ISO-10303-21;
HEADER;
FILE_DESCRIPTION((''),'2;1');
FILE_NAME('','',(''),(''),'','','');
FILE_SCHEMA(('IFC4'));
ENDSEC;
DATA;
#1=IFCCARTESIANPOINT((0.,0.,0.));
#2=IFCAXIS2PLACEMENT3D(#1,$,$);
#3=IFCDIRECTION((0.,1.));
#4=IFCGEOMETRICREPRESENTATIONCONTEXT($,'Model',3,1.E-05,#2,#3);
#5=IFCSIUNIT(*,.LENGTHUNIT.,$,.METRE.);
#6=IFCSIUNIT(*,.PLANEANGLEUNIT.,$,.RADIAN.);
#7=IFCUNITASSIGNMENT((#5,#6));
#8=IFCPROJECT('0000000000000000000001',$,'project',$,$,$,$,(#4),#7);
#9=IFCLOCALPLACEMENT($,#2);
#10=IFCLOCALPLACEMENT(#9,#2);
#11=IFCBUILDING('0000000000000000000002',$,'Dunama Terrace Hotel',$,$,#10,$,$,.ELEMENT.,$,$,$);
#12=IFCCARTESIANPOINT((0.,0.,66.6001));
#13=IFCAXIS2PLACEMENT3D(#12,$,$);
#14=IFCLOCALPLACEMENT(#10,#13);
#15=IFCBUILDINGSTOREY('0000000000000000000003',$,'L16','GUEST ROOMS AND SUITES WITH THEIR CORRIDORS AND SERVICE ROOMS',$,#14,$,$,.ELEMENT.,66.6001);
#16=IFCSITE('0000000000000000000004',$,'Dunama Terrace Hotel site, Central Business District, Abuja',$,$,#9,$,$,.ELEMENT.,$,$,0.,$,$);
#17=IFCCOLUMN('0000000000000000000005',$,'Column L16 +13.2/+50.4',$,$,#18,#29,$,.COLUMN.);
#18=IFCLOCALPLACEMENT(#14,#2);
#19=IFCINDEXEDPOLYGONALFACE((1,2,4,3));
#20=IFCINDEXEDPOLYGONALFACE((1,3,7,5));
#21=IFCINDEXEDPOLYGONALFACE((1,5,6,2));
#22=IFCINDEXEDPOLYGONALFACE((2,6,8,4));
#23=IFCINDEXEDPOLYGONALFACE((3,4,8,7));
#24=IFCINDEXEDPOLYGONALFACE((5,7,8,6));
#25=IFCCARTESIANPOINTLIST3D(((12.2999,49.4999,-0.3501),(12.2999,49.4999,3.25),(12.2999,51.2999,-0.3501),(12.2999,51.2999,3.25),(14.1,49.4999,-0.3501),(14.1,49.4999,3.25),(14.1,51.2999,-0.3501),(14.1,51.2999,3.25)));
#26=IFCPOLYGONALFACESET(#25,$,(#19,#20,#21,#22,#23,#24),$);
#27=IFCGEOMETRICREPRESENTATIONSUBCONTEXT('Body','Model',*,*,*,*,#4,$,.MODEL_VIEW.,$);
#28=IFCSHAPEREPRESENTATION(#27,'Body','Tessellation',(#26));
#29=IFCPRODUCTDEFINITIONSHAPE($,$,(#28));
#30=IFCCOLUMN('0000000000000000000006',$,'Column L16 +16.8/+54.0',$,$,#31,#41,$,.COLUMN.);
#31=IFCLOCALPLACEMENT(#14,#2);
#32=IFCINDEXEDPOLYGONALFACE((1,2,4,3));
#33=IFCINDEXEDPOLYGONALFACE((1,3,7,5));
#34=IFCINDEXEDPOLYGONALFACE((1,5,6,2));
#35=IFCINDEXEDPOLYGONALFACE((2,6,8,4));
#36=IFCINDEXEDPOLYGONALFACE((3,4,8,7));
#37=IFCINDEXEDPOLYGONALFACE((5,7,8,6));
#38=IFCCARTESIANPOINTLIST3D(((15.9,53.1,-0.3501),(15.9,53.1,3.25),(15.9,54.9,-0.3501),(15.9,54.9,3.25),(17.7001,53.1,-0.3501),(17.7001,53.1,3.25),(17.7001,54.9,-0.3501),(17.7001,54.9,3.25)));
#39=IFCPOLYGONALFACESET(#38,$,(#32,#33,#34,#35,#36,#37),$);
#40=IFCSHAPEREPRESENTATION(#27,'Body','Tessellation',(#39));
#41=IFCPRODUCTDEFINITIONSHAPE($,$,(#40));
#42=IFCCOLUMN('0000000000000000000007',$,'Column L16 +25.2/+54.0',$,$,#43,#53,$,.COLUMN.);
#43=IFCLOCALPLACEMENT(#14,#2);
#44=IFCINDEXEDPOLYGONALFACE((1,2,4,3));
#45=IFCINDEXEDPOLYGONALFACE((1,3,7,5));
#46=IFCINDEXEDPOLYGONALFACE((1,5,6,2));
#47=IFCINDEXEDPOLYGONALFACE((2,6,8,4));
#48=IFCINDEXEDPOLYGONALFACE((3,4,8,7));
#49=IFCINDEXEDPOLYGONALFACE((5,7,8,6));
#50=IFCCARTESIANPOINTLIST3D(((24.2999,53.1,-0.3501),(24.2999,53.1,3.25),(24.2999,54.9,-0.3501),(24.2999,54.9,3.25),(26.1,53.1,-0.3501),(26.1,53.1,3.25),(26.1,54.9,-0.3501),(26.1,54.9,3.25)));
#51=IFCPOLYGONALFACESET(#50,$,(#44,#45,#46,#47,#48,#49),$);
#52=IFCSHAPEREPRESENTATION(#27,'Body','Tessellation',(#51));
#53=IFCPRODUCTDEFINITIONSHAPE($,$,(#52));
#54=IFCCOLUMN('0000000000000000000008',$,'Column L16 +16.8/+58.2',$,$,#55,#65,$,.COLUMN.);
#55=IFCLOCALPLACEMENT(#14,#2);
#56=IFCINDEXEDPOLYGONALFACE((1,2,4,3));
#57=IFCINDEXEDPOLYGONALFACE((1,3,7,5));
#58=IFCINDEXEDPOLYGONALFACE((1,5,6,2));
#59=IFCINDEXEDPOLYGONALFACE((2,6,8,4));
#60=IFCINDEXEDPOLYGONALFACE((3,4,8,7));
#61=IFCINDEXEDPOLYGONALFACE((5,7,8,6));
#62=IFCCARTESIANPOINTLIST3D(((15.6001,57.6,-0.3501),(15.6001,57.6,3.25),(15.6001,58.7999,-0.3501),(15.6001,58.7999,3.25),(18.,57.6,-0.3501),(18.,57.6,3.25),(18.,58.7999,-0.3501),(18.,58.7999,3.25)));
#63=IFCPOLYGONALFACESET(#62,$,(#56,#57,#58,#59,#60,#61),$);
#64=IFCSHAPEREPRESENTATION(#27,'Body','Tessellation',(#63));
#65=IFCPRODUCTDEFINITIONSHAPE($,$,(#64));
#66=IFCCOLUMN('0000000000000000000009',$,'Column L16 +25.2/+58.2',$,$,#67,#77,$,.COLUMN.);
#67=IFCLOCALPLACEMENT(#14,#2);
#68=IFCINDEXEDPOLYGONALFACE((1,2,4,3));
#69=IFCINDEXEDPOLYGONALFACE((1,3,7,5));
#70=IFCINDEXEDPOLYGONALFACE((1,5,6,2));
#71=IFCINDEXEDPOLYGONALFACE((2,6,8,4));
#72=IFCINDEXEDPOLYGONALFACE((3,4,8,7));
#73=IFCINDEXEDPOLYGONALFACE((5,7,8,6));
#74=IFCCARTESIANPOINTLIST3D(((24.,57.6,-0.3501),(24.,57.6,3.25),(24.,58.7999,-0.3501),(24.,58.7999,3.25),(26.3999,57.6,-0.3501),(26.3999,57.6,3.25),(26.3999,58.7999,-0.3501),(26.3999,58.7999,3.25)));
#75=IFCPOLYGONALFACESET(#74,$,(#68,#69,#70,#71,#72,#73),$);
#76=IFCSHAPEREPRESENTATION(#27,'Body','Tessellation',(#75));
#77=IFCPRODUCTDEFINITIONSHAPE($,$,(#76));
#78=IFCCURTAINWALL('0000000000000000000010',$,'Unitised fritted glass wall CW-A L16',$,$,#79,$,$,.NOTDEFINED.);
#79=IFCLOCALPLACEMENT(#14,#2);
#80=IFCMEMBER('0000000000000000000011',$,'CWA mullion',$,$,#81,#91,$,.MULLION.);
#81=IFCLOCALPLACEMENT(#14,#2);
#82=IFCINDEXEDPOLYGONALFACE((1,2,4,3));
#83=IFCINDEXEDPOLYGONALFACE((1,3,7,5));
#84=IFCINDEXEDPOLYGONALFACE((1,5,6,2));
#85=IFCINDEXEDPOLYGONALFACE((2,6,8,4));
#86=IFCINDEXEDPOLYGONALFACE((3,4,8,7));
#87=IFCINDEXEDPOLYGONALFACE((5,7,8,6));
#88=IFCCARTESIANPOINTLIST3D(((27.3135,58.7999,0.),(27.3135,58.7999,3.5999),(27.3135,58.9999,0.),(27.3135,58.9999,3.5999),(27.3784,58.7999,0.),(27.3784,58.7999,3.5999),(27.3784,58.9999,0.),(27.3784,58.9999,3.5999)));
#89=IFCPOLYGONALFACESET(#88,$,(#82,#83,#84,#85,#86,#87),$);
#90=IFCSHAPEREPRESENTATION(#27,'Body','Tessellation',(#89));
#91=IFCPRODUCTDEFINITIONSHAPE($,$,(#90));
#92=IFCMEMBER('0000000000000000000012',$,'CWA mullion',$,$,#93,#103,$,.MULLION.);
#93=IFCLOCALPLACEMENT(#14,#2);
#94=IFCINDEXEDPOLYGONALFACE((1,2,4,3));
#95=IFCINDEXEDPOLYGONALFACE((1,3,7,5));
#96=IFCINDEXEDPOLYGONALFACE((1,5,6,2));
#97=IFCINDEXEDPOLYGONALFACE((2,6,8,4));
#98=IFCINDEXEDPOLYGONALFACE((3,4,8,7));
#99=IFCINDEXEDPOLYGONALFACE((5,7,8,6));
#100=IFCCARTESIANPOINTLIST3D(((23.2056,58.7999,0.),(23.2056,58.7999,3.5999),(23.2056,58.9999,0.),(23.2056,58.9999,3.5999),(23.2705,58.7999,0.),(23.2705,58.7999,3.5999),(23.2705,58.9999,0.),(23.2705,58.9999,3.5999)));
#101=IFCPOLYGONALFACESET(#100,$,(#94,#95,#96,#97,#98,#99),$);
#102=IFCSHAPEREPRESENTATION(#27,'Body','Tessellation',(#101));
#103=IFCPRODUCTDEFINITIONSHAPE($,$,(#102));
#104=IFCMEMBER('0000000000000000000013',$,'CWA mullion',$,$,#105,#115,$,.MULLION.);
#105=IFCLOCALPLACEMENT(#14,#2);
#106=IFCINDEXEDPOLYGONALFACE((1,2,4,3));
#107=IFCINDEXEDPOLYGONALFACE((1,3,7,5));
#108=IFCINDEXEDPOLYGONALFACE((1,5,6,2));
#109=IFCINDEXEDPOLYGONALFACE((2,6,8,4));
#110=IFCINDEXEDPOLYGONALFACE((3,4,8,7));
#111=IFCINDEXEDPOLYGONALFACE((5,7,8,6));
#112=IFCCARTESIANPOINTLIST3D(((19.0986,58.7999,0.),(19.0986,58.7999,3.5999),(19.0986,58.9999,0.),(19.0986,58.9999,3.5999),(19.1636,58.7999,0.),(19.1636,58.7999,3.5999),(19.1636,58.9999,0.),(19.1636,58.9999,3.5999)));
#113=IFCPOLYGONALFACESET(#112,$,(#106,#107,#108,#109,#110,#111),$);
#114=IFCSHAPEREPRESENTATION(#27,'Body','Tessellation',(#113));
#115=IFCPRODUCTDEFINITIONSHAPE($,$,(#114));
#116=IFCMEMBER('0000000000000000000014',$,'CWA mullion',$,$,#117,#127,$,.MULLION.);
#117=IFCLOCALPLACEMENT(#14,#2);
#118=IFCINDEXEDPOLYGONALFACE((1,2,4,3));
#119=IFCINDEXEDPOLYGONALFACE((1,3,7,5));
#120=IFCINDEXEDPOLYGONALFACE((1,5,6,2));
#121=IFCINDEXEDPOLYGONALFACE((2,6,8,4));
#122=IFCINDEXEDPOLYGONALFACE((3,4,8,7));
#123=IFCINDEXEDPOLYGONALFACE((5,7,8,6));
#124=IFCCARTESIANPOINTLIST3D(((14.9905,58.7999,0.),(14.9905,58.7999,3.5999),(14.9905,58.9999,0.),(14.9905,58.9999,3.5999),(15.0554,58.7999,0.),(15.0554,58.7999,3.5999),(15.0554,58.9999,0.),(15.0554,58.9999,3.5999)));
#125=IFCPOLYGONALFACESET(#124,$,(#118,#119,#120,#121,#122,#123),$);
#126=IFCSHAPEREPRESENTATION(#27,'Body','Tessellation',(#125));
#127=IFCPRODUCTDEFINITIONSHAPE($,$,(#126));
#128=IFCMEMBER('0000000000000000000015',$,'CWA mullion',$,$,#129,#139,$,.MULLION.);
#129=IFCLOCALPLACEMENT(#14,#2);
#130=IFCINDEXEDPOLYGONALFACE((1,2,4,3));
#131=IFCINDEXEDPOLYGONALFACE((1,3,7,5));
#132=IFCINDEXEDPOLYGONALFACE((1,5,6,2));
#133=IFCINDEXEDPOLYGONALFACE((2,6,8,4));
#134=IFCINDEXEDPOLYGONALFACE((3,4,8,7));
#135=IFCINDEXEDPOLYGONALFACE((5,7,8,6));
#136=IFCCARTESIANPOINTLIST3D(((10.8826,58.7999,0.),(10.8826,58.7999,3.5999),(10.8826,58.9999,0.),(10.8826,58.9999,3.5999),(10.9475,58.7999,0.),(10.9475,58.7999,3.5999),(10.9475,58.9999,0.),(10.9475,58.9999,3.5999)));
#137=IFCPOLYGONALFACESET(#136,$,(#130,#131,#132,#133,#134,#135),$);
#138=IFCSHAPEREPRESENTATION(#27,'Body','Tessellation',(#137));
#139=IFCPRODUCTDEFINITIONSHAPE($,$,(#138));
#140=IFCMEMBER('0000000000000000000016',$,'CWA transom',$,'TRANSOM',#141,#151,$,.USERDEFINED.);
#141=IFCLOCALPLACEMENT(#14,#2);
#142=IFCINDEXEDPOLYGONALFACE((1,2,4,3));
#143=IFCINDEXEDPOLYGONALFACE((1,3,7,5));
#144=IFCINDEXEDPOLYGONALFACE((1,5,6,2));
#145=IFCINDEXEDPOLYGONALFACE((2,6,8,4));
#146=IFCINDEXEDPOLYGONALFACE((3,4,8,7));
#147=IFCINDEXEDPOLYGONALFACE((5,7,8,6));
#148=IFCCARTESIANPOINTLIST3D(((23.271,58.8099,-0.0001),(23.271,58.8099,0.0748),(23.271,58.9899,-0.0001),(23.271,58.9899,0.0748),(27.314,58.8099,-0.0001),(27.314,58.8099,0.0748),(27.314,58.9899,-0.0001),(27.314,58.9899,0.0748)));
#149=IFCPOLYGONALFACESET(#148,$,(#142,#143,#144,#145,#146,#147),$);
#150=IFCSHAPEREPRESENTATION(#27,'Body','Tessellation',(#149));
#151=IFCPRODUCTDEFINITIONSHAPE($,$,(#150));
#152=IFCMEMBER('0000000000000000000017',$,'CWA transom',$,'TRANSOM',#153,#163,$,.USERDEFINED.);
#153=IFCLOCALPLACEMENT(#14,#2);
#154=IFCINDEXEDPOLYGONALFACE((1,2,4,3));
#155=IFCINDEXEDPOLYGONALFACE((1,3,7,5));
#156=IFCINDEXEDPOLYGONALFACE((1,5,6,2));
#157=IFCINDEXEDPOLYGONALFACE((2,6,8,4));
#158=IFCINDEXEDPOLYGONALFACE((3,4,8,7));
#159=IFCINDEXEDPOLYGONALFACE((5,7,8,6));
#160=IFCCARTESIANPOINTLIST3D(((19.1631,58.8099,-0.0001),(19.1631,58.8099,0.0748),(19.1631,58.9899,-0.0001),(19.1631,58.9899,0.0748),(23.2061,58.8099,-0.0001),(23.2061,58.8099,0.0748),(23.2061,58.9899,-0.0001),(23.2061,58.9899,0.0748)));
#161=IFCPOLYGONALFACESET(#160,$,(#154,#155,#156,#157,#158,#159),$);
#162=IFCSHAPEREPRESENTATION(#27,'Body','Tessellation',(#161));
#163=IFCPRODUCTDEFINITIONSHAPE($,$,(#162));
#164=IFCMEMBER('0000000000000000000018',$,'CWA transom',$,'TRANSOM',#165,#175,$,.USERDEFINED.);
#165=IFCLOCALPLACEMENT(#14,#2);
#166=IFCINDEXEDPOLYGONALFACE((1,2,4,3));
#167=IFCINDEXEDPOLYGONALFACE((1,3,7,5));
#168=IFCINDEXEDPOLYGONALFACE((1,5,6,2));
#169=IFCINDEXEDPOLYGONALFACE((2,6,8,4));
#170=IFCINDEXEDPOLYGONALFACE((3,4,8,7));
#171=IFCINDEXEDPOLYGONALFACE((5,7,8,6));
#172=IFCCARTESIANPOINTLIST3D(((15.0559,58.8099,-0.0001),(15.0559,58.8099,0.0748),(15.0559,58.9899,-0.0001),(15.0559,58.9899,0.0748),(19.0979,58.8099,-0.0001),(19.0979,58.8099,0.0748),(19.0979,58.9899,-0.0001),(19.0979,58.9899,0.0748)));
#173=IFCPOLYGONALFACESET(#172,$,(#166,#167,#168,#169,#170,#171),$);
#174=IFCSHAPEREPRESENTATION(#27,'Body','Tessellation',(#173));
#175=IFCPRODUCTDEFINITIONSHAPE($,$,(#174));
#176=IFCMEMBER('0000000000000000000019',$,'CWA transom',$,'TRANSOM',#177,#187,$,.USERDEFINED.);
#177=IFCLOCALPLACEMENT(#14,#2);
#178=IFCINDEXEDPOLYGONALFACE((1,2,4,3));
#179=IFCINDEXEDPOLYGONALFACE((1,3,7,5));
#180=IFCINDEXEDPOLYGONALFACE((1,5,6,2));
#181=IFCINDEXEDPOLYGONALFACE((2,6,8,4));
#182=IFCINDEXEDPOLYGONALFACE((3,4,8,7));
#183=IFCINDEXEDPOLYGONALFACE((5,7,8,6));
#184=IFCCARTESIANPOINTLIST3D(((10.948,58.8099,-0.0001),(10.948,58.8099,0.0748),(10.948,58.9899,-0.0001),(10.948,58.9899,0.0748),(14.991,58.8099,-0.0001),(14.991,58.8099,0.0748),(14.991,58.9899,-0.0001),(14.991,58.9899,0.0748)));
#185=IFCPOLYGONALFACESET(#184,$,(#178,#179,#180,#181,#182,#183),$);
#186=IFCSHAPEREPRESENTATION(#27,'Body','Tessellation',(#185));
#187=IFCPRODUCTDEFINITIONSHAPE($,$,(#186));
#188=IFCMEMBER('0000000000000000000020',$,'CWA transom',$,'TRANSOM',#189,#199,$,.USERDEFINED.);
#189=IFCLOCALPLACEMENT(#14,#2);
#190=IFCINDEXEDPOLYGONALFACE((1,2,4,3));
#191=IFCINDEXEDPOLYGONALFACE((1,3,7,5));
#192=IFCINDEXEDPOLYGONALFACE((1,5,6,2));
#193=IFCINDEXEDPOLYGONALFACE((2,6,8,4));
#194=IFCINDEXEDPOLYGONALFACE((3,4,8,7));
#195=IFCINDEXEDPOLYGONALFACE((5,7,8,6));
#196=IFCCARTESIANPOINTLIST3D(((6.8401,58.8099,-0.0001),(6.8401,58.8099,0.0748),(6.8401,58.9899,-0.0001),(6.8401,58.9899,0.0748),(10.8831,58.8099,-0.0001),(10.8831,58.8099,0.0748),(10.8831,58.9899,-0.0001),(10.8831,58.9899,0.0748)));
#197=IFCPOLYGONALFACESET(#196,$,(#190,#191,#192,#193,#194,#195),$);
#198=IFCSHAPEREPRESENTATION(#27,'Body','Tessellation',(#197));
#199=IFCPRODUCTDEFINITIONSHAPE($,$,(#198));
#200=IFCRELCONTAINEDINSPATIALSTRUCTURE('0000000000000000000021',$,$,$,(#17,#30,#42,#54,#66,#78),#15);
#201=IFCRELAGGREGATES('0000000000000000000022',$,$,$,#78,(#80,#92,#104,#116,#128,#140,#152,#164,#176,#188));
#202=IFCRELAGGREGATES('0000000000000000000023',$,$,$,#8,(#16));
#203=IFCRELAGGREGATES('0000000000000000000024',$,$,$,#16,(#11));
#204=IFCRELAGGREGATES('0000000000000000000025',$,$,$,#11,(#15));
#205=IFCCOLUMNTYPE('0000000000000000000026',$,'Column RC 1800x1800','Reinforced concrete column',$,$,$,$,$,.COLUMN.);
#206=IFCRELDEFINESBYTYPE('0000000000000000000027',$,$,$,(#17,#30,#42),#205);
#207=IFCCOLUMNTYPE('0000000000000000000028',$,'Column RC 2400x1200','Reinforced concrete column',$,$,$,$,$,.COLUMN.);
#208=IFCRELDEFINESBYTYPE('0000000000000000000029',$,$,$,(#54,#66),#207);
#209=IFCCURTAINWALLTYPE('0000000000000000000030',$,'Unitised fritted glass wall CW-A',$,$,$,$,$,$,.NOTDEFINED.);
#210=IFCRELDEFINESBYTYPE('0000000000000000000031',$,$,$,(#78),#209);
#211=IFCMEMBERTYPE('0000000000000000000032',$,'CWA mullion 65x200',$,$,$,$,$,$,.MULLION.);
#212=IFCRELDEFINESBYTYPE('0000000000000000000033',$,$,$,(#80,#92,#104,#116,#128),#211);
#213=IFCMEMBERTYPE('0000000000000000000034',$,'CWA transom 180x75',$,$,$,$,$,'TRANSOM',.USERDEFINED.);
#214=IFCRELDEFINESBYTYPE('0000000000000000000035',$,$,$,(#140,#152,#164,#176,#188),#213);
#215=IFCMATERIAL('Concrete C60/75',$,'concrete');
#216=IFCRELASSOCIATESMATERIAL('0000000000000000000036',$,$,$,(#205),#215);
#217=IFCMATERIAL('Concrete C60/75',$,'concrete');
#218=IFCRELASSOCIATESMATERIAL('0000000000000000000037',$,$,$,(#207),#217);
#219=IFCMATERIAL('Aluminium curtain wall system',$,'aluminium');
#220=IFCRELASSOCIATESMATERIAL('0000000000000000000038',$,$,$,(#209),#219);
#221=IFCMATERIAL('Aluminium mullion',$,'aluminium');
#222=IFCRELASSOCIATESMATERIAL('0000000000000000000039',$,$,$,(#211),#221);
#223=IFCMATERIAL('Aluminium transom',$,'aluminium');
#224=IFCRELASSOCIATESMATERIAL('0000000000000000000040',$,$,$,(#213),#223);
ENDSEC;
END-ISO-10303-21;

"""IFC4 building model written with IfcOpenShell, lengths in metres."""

from ifc_helpers import new_model, si_unit, direction, frame, origin, origin_2d, place, context, subcontext, project, spatial, rectangle, extrude, material, material_profile, profile_set, type_object, element, aggregate, save


model = new_model("IFC4")

# Units and contexts
model_context = context("Model", 3, precision=1e-05, world=origin(), true_north=direction((0.0, 1.0)))
body_context = subcontext(model_context, "Body", "Model", "MODEL_VIEW")
ifc_project = project(units=[si_unit("LENGTHUNIT", "METRE"), si_unit("PLANEANGLEUNIT", "RADIAN")], contexts=[model_context])

# Site, building, storey
site_placement = place(None, origin())
site = spatial("IfcSite", under=ifc_project, at=site_placement, Name="Dunama Terrace Hotel site, Central Business District, Abuja", CompositionType="ELEMENT", RefElevation=0.0)
building_placement = place(site_placement, origin())
building = spatial("IfcBuilding", under=site, at=building_placement, Name="Dunama Terrace Hotel", CompositionType="ELEMENT")
storey_placement = place(building_placement, frame((0.0, 0.0, 66.6001)))
storey = spatial("IfcBuildingStorey", under=building, at=storey_placement, Name="L16", Description="GUEST ROOMS AND SUITES WITH THEIR CORRIDORS AND SERVICE ROOMS", CompositionType="ELEMENT", Elevation=66.6001)

# Columns
ifc_material_1 = material(Name="Concrete C60/75", Category="concrete")
ifc_material_profile_1 = material_profile(ifc_material_1, rectangle(XDim=1.8, YDim=1.8, at=origin_2d()), Name="RC 1800x1800")
ifc_profile_set_1 = profile_set([ifc_material_profile_1], Name="Concrete C60/75")
column_type_1 = type_object("IfcColumnType", Name="Column RC 1800x1800", Description="Reinforced concrete column", PredefinedType="COLUMN", material=ifc_profile_set_1)
for number, where, z_axis, x_axis, name in (
    (1, (13.2, 50.3999, -0.3501), (0.0, 0.0, 1.0), (1.0, 0.0, 0.0), "Column L16 +13.2/+50.4"),
    (2, (16.8, 54.0, -0.3501), (0.0, 0.0, 1.0), (1.0, 0.0, 0.0), "Column L16 +16.8/+54.0"),
    (3, (25.2, 54.0, -0.3501), (0.0, 0.0, 1.0), (1.0, 0.0, 0.0), "Column L16 +25.2/+54.0"),
):
    element("IfcColumn", number, at=place(storey_placement, frame(where, z_axis=z_axis, x_axis=x_axis)), inside=storey, type_object=column_type_1, Name=name, PredefinedType="COLUMN", context=body_context, shape_type="SweptSolid", body=[
        extrude(rectangle(XDim=1.8, YDim=1.8, at=origin_2d()), origin(), (0.0, 0.0, 1.0), 3.6001),
    ])
ifc_material_2 = material(Name="Concrete C60/75", Category="concrete")
ifc_material_profile_2 = material_profile(ifc_material_2, rectangle(XDim=2.3999, YDim=1.2, at=origin_2d()), Name="RC 2400x1200")
ifc_profile_set_2 = profile_set([ifc_material_profile_2], Name="Concrete C60/75")
column_type_2 = type_object("IfcColumnType", Name="Column RC 2400x1200", Description="Reinforced concrete column", PredefinedType="COLUMN", material=ifc_profile_set_2)
for number, where, z_axis, x_axis, name in (
    (4, (16.8, 58.2, -0.3501), (0.0, 0.0, 1.0), (1.0, 0.0, 0.0), "Column L16 +16.8/+58.2"),
    (5, (25.2, 58.2, -0.3501), (0.0, 0.0, 1.0), (1.0, 0.0, 0.0), "Column L16 +25.2/+58.2"),
):
    element("IfcColumn", number, at=place(storey_placement, frame(where, z_axis=z_axis, x_axis=x_axis)), inside=storey, type_object=column_type_2, Name=name, PredefinedType="COLUMN", context=body_context, shape_type="SweptSolid", body=[
        extrude(rectangle(XDim=2.3999, YDim=1.2, at=origin_2d()), origin(), (0.0, 0.0, 1.0), 3.6001),
    ])

# Curtain wall, members
ifc_material_3 = material(Name="Aluminium curtain wall system", Category="aluminium")
curtain_wall_type = type_object("IfcCurtainWallType", Name="Unitised fritted glass wall CW-A", PredefinedType="NOTDEFINED", material=ifc_material_3)
curtain_wall_placement = place(storey_placement, origin())
curtain_wall = element("IfcCurtainWall", 6, at=curtain_wall_placement, inside=storey, type_object=curtain_wall_type, Name="Unitised fritted glass wall CW-A L16", PredefinedType="NOTDEFINED")
ifc_material_4 = material(Name="Aluminium mullion", Category="aluminium")
ifc_material_profile_3 = material_profile(ifc_material_4, rectangle(XDim=0.0649, YDim=0.2, at=origin_2d()), Name="CWA MULLION 65X200")
ifc_profile_set_3 = profile_set([ifc_material_profile_3], Name="Aluminium mullion")
member_type_1 = type_object("IfcMemberType", Name="CWA mullion 65x200", PredefinedType="MULLION", material=ifc_profile_set_3)
member_1_placement = place(storey_placement, frame((27.3459, 58.8999, 0.0), z_axis=(0.0, 0.0, 1.0), x_axis=(-1.0, 0.0, 0.0)))
member_1 = element("IfcMember", 7, at=member_1_placement, type_object=member_type_1, Name="CWA mullion", PredefinedType="MULLION", context=body_context, shape_type="SweptSolid", body=[
    extrude(rectangle(XDim=0.0649, YDim=0.2, at=origin_2d()), origin(), (0.0, 0.0, 1.0), 3.5999),
])
member_2_placement = place(storey_placement, frame((23.238, 58.8999, 0.0), z_axis=(0.0, 0.0, 1.0), x_axis=(-1.0, 0.0, 0.0)))
member_2 = element("IfcMember", 8, at=member_2_placement, type_object=member_type_1, Name="CWA mullion", PredefinedType="MULLION", context=body_context, shape_type="SweptSolid", body=[
    extrude(rectangle(XDim=0.0649, YDim=0.2, at=origin_2d()), origin(), (0.0, 0.0, 1.0), 3.5999),
])
member_3_placement = place(storey_placement, frame((19.1311, 58.8999, 0.0), z_axis=(0.0, 0.0, 1.0), x_axis=(-1.0, 0.0, 0.0)))
member_3 = element("IfcMember", 9, at=member_3_placement, type_object=member_type_1, Name="CWA mullion", PredefinedType="MULLION", context=body_context, shape_type="SweptSolid", body=[
    extrude(rectangle(XDim=0.0649, YDim=0.2, at=origin_2d()), origin(), (0.0, 0.0, 1.0), 3.5999),
])
member_4_placement = place(storey_placement, frame((15.0229, 58.8999, 0.0), z_axis=(0.0, 0.0, 1.0), x_axis=(-1.0, 0.0, 0.0)))
member_4 = element("IfcMember", 10, at=member_4_placement, type_object=member_type_1, Name="CWA mullion", PredefinedType="MULLION", context=body_context, shape_type="SweptSolid", body=[
    extrude(rectangle(XDim=0.0649, YDim=0.2, at=origin_2d()), origin(), (0.0, 0.0, 1.0), 3.5999),
])
member_5_placement = place(storey_placement, frame((10.915, 58.8999, 0.0), z_axis=(0.0, 0.0, 1.0), x_axis=(-1.0, 0.0, 0.0)))
member_5 = element("IfcMember", 11, at=member_5_placement, type_object=member_type_1, Name="CWA mullion", PredefinedType="MULLION", context=body_context, shape_type="SweptSolid", body=[
    extrude(rectangle(XDim=0.0649, YDim=0.2, at=origin_2d()), origin(), (0.0, 0.0, 1.0), 3.5999),
])
ifc_material_5 = material(Name="Aluminium transom", Category="aluminium")
ifc_material_profile_4 = material_profile(ifc_material_5, rectangle(XDim=0.1799, YDim=0.075, at=origin_2d()), Name="CWA TRANSOM 180X75")
ifc_profile_set_4 = profile_set([ifc_material_profile_4], Name="Aluminium transom")
member_type_2 = type_object("IfcMemberType", Name="CWA transom 180x75", ElementType="TRANSOM", PredefinedType="USERDEFINED", material=ifc_profile_set_4)
member_6_placement = place(storey_placement, frame((27.314, 58.8999, 0.0374), z_axis=(-1.0, 0.0, 0.0), x_axis=(0.0, -1.0, 0.0)))
member_6 = element("IfcMember", 12, at=member_6_placement, type_object=member_type_2, Name="CWA transom", ObjectType="TRANSOM", PredefinedType="USERDEFINED", context=body_context, shape_type="SweptSolid", body=[
    extrude(rectangle(XDim=0.1799, YDim=0.075, at=origin_2d()), origin(), (0.0, 0.0, 1.0), 4.043),
])
member_7_placement = place(storey_placement, frame((23.2061, 58.8999, 0.0374), z_axis=(-1.0, 0.0, 0.0), x_axis=(0.0, -1.0, 0.0)))
member_7 = element("IfcMember", 13, at=member_7_placement, type_object=member_type_2, Name="CWA transom", ObjectType="TRANSOM", PredefinedType="USERDEFINED", context=body_context, shape_type="SweptSolid", body=[
    extrude(rectangle(XDim=0.1799, YDim=0.075, at=origin_2d()), origin(), (0.0, 0.0, 1.0), 4.043),
])
member_8_placement = place(storey_placement, frame((19.0979, 58.8999, 0.0374), z_axis=(-1.0, 0.0, 0.0), x_axis=(0.0, -1.0, 0.0)))
member_8 = element("IfcMember", 14, at=member_8_placement, type_object=member_type_2, Name="CWA transom", ObjectType="TRANSOM", PredefinedType="USERDEFINED", context=body_context, shape_type="SweptSolid", body=[
    extrude(rectangle(XDim=0.1799, YDim=0.075, at=origin_2d()), origin(), (0.0, 0.0, 1.0), 4.042),
])
member_9_placement = place(storey_placement, frame((14.991, 58.8999, 0.0374), z_axis=(-1.0, 0.0, 0.0), x_axis=(0.0, -1.0, 0.0)))
member_9 = element("IfcMember", 15, at=member_9_placement, type_object=member_type_2, Name="CWA transom", ObjectType="TRANSOM", PredefinedType="USERDEFINED", context=body_context, shape_type="SweptSolid", body=[
    extrude(rectangle(XDim=0.1799, YDim=0.075, at=origin_2d()), origin(), (0.0, 0.0, 1.0), 4.043),
])
member_10_placement = place(storey_placement, frame((10.8831, 58.8999, 0.0374), z_axis=(-1.0, 0.0, 0.0), x_axis=(0.0, -1.0, 0.0)))
member_10 = element("IfcMember", 16, at=member_10_placement, type_object=member_type_2, Name="CWA transom", ObjectType="TRANSOM", PredefinedType="USERDEFINED", context=body_context, shape_type="SweptSolid", body=[
    extrude(rectangle(XDim=0.1799, YDim=0.075, at=origin_2d()), origin(), (0.0, 0.0, 1.0), 4.043),
])

aggregate(curtain_wall, [member_1, member_2, member_3, member_4, member_5, member_6, member_7, member_8, member_9, member_10])

save(model, "model.ifc")
